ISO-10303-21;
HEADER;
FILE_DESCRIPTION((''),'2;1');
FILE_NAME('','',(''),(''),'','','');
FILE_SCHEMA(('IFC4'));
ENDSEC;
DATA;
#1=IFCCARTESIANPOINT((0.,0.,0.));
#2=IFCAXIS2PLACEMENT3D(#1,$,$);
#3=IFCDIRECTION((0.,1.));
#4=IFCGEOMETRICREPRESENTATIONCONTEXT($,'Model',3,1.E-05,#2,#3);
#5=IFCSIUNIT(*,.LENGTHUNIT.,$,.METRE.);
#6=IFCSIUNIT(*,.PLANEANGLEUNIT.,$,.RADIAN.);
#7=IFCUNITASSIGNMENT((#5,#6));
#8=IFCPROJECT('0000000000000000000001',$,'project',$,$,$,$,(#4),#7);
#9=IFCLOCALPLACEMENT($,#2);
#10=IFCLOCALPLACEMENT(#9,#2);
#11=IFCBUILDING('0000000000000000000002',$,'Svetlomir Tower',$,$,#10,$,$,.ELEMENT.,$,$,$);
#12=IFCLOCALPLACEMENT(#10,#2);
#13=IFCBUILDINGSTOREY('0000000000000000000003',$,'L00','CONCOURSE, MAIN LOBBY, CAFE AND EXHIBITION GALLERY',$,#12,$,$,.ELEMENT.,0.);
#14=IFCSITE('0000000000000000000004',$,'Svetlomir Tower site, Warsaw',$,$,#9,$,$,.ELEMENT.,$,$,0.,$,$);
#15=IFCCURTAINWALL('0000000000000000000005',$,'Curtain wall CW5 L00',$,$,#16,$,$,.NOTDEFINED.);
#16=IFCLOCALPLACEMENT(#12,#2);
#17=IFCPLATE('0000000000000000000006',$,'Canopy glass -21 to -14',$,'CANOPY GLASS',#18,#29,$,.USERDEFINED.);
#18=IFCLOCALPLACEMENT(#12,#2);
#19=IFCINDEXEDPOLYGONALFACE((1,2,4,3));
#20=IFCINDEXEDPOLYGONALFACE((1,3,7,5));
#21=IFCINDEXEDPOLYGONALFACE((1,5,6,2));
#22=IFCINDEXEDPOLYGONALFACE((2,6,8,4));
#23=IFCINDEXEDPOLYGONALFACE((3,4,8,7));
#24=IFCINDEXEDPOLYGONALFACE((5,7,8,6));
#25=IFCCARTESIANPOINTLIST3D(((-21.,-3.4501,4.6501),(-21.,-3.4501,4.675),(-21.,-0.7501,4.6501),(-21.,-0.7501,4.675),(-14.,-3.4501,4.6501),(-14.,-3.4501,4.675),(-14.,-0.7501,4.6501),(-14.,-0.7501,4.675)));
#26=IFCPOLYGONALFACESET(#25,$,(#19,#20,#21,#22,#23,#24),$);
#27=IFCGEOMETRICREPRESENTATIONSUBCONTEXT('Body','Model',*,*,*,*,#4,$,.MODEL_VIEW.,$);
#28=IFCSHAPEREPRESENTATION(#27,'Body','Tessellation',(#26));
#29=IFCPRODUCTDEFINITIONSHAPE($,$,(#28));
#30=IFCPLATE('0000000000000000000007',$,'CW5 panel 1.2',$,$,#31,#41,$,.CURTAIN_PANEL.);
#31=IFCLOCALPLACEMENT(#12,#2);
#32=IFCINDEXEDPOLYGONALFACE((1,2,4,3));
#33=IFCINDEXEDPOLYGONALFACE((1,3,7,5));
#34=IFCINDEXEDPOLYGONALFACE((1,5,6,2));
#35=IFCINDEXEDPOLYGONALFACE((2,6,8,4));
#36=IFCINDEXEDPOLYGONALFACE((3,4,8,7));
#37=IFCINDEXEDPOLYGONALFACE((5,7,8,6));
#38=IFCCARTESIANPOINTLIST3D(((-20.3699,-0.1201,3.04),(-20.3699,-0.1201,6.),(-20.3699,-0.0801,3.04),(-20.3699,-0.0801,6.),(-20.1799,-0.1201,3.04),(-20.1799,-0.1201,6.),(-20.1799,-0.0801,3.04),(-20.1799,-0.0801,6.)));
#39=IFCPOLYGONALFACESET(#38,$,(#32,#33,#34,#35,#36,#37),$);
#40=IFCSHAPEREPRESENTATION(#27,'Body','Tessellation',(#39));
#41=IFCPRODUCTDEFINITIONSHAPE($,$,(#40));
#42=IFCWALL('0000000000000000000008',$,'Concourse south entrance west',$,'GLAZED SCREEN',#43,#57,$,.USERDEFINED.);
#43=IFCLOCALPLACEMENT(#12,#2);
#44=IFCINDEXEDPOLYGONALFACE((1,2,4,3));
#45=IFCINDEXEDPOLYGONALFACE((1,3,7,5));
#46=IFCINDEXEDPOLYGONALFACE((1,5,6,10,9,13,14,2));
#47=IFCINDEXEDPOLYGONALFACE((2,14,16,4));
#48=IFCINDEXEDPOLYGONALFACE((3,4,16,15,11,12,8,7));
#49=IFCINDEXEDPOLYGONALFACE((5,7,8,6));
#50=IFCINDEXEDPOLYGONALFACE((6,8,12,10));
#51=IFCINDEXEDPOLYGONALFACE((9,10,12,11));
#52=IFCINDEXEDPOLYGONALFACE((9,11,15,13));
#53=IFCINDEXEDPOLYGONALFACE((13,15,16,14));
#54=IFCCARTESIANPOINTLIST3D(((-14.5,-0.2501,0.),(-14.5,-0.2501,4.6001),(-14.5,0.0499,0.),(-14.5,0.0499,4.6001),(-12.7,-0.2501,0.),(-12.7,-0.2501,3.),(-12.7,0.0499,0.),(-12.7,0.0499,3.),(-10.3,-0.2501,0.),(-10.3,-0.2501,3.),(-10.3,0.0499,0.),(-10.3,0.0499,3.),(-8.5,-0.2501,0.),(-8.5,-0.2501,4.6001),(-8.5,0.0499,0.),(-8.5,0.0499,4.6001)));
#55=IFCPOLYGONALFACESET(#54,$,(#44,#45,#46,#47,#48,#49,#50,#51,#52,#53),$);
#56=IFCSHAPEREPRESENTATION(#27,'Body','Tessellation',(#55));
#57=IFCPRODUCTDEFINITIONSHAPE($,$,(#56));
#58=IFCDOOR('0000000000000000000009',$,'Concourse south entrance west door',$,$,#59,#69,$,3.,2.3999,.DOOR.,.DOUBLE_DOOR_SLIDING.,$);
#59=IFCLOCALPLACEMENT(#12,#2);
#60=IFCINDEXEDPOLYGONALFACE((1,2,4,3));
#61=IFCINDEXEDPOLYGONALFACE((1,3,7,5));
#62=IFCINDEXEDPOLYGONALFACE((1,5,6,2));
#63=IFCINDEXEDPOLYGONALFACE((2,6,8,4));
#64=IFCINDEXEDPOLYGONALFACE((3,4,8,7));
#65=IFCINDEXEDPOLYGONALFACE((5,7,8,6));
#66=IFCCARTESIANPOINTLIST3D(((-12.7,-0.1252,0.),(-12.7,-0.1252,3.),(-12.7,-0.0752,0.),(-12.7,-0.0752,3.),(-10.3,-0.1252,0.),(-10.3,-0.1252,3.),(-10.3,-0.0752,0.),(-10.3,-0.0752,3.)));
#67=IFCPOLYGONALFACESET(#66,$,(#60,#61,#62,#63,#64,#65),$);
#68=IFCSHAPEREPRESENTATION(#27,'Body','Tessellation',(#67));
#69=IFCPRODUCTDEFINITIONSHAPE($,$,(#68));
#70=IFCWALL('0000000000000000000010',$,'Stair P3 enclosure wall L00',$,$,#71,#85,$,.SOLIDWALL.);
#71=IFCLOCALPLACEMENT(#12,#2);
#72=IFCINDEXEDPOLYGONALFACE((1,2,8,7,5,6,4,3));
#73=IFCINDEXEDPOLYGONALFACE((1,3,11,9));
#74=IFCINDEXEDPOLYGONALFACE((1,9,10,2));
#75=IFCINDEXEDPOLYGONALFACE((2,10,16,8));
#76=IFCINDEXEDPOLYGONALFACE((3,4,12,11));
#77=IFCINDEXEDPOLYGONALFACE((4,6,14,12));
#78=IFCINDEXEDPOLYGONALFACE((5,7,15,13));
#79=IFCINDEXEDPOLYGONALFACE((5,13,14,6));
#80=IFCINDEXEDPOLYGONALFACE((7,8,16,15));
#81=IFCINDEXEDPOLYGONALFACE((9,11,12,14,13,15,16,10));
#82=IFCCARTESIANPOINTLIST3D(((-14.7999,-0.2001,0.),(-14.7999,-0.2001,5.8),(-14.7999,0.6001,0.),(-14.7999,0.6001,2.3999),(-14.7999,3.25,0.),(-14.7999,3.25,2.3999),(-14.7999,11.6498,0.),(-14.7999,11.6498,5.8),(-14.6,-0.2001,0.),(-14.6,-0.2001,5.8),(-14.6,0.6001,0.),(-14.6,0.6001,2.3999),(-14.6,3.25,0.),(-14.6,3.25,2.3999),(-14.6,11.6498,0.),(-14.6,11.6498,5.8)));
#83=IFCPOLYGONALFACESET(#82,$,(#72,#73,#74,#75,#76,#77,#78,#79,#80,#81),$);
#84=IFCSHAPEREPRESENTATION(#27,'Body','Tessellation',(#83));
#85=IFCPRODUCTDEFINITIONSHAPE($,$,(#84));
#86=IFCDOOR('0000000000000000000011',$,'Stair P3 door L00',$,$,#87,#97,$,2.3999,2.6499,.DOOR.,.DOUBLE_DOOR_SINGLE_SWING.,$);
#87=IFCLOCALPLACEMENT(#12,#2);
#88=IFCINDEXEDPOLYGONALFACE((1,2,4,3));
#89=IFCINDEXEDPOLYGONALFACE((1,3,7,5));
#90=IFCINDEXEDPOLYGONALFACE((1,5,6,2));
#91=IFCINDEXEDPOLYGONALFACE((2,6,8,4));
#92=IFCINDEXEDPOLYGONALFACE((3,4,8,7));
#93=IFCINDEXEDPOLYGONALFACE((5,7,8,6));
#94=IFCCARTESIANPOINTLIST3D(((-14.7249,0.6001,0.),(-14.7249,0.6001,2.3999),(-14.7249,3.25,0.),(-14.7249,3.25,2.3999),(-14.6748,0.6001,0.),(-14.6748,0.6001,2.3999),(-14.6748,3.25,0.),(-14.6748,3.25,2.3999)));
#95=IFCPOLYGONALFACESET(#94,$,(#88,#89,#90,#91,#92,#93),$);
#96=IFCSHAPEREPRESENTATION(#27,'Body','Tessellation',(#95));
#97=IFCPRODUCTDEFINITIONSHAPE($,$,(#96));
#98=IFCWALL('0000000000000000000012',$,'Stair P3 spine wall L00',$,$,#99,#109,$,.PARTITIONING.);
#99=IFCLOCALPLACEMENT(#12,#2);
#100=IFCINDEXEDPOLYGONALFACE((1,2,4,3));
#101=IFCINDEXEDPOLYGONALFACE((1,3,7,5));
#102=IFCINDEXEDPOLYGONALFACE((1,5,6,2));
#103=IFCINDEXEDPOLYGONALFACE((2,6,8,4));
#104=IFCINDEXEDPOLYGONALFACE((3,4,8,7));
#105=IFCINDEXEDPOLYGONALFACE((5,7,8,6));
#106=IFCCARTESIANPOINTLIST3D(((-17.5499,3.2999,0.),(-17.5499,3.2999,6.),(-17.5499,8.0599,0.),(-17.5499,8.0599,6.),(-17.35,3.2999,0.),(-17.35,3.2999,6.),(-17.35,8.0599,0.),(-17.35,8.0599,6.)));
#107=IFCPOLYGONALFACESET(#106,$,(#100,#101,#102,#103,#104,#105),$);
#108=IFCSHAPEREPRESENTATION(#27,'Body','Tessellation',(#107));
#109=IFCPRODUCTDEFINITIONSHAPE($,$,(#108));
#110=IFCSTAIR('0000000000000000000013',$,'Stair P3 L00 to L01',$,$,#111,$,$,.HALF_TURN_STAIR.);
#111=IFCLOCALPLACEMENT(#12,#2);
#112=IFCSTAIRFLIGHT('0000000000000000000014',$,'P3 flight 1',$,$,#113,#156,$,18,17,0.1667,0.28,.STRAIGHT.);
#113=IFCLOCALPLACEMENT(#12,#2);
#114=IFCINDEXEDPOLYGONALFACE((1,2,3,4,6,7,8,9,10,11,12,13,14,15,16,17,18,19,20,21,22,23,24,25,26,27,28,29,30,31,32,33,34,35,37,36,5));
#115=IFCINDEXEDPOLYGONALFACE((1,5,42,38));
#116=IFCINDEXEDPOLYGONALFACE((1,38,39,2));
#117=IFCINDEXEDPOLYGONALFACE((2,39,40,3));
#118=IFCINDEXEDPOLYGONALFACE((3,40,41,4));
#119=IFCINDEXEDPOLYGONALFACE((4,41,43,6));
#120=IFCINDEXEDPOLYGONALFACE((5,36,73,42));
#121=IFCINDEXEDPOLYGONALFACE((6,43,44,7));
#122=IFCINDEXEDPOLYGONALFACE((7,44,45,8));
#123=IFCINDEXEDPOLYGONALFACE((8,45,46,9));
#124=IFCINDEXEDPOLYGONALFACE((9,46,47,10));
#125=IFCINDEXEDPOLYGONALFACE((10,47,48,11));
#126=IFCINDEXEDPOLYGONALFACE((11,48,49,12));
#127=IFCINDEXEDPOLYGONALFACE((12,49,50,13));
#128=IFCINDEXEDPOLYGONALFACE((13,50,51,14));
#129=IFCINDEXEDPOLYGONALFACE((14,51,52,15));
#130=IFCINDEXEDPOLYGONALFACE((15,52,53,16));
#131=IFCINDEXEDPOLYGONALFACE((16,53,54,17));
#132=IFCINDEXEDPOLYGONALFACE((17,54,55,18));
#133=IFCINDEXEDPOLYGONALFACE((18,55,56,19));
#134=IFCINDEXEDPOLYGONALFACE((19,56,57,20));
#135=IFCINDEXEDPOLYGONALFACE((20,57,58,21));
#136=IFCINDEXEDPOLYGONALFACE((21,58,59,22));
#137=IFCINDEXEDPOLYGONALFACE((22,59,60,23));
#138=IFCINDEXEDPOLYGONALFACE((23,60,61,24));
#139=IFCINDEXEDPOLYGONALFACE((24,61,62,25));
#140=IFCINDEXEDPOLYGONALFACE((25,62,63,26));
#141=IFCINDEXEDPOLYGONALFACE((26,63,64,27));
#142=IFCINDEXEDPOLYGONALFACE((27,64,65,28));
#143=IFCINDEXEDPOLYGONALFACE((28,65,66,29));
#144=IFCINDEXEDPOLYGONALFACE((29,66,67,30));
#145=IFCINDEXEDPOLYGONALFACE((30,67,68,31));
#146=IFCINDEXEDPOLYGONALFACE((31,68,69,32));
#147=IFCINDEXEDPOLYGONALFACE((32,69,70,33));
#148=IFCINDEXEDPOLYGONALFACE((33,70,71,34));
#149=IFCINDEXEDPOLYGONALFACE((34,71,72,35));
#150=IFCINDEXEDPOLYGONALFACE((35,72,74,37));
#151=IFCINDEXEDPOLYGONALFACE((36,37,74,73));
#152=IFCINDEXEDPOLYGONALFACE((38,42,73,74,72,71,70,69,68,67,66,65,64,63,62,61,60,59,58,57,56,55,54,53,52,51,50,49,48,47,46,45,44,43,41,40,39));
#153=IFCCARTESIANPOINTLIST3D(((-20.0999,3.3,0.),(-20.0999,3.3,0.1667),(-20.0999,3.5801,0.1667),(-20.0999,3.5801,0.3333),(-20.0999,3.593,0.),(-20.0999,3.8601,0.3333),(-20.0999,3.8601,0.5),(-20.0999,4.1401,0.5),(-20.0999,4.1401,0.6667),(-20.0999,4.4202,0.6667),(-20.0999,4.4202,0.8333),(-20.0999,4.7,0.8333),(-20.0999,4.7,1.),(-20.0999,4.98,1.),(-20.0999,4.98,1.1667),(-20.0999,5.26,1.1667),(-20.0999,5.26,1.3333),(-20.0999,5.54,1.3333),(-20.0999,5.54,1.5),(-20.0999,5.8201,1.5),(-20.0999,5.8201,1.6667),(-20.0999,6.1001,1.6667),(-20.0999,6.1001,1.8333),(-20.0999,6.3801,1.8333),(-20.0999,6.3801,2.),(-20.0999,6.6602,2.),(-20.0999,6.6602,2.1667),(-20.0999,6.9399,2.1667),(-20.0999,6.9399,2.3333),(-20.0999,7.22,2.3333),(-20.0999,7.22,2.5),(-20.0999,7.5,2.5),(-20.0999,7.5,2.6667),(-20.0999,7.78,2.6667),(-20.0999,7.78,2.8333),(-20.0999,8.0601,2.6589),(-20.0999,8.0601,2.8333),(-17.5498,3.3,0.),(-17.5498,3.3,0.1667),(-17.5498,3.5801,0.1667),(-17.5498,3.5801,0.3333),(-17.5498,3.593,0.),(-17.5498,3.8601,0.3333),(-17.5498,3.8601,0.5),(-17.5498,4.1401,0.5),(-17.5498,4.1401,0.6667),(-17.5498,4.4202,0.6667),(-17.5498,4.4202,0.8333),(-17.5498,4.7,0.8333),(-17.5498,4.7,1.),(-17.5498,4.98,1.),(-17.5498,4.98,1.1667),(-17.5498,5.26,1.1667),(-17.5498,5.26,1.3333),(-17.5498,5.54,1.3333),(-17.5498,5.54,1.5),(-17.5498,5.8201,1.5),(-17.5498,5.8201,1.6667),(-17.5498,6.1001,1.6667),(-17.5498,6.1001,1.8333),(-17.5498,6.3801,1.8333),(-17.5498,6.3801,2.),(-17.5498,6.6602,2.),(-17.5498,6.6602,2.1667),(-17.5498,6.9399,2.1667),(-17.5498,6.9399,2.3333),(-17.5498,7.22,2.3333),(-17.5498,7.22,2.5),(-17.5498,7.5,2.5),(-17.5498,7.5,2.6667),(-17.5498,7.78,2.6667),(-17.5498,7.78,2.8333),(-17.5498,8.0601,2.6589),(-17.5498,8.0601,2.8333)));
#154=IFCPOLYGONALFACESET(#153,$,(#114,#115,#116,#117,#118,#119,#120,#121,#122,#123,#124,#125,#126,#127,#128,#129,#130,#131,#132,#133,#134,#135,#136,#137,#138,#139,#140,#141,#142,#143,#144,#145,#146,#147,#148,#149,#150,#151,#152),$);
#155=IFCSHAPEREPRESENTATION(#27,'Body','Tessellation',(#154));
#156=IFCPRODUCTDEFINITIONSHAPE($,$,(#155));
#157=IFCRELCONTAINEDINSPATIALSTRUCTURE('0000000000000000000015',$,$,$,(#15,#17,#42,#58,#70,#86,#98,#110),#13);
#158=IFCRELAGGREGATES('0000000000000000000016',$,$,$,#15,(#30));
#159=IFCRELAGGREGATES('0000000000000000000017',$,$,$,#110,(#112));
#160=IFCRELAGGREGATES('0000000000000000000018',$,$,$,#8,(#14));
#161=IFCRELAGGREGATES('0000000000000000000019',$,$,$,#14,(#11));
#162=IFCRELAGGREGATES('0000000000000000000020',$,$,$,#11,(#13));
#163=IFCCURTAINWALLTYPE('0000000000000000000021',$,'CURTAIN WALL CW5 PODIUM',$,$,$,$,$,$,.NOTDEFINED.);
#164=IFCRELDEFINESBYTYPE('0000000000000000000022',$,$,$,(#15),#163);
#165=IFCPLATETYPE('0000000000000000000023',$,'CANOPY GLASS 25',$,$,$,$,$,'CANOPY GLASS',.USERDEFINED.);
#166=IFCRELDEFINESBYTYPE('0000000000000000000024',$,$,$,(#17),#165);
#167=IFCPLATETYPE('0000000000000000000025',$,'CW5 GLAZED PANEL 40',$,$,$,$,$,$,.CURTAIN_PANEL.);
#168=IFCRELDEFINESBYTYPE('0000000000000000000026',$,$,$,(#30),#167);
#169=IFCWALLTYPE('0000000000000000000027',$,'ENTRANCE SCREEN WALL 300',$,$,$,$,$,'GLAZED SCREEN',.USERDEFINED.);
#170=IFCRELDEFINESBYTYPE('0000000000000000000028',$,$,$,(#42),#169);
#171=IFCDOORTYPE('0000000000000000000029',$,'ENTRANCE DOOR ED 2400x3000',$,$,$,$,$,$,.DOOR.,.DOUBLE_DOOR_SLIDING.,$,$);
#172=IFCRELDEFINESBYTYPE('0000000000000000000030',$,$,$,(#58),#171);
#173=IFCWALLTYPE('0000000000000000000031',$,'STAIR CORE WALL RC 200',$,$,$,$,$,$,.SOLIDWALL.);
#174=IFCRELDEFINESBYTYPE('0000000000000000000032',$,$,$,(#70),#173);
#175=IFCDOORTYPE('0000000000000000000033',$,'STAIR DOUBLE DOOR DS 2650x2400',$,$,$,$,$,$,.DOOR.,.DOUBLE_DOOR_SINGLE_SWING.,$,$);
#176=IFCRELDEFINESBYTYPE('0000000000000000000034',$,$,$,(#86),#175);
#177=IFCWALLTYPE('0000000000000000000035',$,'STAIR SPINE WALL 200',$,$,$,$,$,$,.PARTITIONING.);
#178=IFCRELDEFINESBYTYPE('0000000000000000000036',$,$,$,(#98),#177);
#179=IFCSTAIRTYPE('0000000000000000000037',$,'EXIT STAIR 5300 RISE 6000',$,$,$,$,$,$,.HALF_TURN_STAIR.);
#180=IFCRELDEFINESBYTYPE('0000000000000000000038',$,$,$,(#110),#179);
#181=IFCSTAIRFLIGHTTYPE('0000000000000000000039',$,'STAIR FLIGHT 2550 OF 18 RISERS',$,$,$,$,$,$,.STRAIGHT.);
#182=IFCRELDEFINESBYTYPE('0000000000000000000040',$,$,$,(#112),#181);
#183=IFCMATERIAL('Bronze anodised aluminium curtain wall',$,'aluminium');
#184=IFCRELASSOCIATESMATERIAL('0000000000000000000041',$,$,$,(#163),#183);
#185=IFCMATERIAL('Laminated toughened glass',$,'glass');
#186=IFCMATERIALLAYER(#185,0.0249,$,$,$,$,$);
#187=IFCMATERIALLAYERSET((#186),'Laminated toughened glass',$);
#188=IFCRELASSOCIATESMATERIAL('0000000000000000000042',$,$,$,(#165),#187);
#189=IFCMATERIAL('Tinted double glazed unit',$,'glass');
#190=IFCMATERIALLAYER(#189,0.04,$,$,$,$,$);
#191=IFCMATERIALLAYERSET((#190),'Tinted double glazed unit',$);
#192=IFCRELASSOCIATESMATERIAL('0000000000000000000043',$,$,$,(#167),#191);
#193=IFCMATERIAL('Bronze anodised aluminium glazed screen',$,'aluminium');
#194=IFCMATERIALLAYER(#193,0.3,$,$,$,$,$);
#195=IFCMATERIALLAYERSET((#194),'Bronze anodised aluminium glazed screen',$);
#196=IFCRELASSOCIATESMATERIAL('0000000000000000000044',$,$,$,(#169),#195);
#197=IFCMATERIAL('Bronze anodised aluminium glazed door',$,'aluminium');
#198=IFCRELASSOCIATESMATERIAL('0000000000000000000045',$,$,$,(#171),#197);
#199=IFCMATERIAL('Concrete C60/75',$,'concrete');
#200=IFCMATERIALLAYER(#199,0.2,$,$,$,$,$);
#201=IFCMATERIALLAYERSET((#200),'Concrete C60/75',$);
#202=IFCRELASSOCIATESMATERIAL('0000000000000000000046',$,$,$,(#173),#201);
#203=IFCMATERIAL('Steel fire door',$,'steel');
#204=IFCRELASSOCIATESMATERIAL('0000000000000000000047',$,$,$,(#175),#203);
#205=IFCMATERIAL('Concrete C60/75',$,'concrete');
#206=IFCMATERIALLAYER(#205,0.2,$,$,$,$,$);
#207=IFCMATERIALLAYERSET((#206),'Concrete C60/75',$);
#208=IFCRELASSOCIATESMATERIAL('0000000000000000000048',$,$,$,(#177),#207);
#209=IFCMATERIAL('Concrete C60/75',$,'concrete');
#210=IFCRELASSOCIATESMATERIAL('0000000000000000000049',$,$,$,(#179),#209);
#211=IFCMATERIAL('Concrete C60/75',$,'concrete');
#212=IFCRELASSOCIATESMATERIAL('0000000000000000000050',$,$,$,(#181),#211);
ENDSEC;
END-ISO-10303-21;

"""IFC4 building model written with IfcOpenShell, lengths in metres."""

from ifc_helpers import new_model, si_unit, direction, frame, frame_2d, origin, origin_2d, place, context, subcontext, project, spatial, polyline, rectangle, outline, extrude, material, layer, layer_set, type_object, element, fill, aggregate, save


model = new_model("IFC4")

# Units and contexts
model_context = context("Model", 3, precision=1e-05, world=origin(), true_north=direction((0.0, 1.0)))
body_context = subcontext(model_context, "Body", "Model", "MODEL_VIEW")
ifc_project = project(units=[si_unit("LENGTHUNIT", "METRE"), si_unit("PLANEANGLEUNIT", "RADIAN")], contexts=[model_context])

# Site, building, storey
site_placement = place(None, origin())
site = spatial("IfcSite", under=ifc_project, at=site_placement, Name="Svetlomir Tower site, Warsaw", CompositionType="ELEMENT", RefElevation=0.0)
building_placement = place(site_placement, origin())
building = spatial("IfcBuilding", under=site, at=building_placement, Name="Svetlomir Tower", CompositionType="ELEMENT")
storey_placement = place(building_placement, origin())
storey = spatial("IfcBuildingStorey", under=building, at=storey_placement, Name="L00", Description="CONCOURSE, MAIN LOBBY, CAFE AND EXHIBITION GALLERY", CompositionType="ELEMENT", Elevation=0.0)

# Curtain wall
ifc_material_1 = material(Name="Bronze anodised aluminium curtain wall", Category="aluminium")
curtain_wall_type = type_object("IfcCurtainWallType", Name="CURTAIN WALL CW5 PODIUM", PredefinedType="NOTDEFINED", material=ifc_material_1)
curtain_wall_placement = place(storey_placement, origin())
curtain_wall = element("IfcCurtainWall", 1, at=curtain_wall_placement, inside=storey, type_object=curtain_wall_type, Name="Curtain wall CW5 L00", PredefinedType="NOTDEFINED")

# Plates
ifc_material_2 = material(Name="Laminated toughened glass", Category="glass")
ifc_layer_1 = layer(ifc_material_2, 0.0249)
ifc_layer_set_1 = layer_set([ifc_layer_1], Name="Laminated toughened glass")
plate_type_1 = type_object("IfcPlateType", Name="CANOPY GLASS 25", ElementType="CANOPY GLASS", PredefinedType="USERDEFINED", material=ifc_layer_set_1)
plate_1_placement = place(storey_placement, frame((-17.5, -2.1001, 4.6501), z_axis=(0.0, 0.0, 1.0), x_axis=(1.0, 0.0, 0.0)))
element("IfcPlate", 2, at=plate_1_placement, inside=storey, type_object=plate_type_1, Name="Canopy glass -21 to -14", ObjectType="CANOPY GLASS", PredefinedType="USERDEFINED", context=body_context, shape_type="SweptSolid", body=[
    extrude(rectangle(XDim=7.0, YDim=2.7, at=origin_2d()), origin(), (0.0, 0.0, 1.0), 0.0249),
])
ifc_material_3 = material(Name="Tinted double glazed unit", Category="glass")
ifc_layer_2 = layer(ifc_material_3, 0.04)
ifc_layer_set_2 = layer_set([ifc_layer_2], Name="Tinted double glazed unit")
plate_type_2 = type_object("IfcPlateType", Name="CW5 GLAZED PANEL 40", PredefinedType="CURTAIN_PANEL", material=ifc_layer_set_2)
plate_2_placement = place(storey_placement, frame((-20.2749, -0.1001, 3.04), z_axis=(0.0, 0.0, 1.0), x_axis=(1.0, 0.0, 0.0)))
plate_2 = element("IfcPlate", 3, at=plate_2_placement, type_object=plate_type_2, Name="CW5 panel 1.2", PredefinedType="CURTAIN_PANEL", context=body_context, shape_type="SweptSolid", body=[
    extrude(rectangle(XDim=0.1899, YDim=0.04, at=origin_2d()), origin(), (0.0, 0.0, 1.0), 2.96),
])
aggregate(curtain_wall, [plate_2])

# Walls, openings, doors
ifc_material_4 = material(Name="Bronze anodised aluminium glazed screen", Category="aluminium")
ifc_layer_3 = layer(ifc_material_4, 0.3)
ifc_layer_set_3 = layer_set([ifc_layer_3], Name="Bronze anodised aluminium glazed screen")
wall_type_1 = type_object("IfcWallType", Name="ENTRANCE SCREEN WALL 300", ElementType="GLAZED SCREEN", PredefinedType="USERDEFINED", material=ifc_layer_set_3)
wall_1_placement = place(storey_placement, frame((-14.5, -0.1001, 0.0), z_axis=(0.0, 0.0, 1.0), x_axis=(1.0, 0.0, 0.0)))
wall_1 = element("IfcWall", 4, at=wall_1_placement, inside=storey, type_object=wall_type_1, Name="Concourse south entrance west", ObjectType="GLAZED SCREEN", PredefinedType="USERDEFINED", context=body_context, shape_type="SweptSolid", body=[
    extrude(rectangle(XDim=6.0, YDim=0.3, at=frame_2d((3.0, 0.0))), origin(), (0.0, 0.0, 1.0), 4.6001),
])
opening_1_placement = place(wall_1_placement, frame((1.8, 0.0, 0.0)))
opening_1 = element("IfcOpeningElement", 5, at=opening_1_placement, cuts=wall_1, PredefinedType="OPENING", context=body_context, shape_type="SweptSolid", body=[
    extrude(rectangle(XDim=2.3999, YDim=3.0, at=frame_2d((1.2, 1.5))), frame((0.0, 0.1602, 0.0), z_axis=(0.0, -1.0, 0.0), x_axis=(1.0, 0.0, 0.0)), (0.0, 0.0, 1.0), 0.3201),
])
ifc_material_5 = material(Name="Bronze anodised aluminium glazed door", Category="aluminium")
door_type_1 = type_object("IfcDoorType", Name="ENTRANCE DOOR ED 2400x3000", OperationType="DOUBLE_DOOR_SLIDING", PredefinedType="DOOR", material=ifc_material_5)
door_1_placement = place(opening_1_placement, origin())
door_1 = element("IfcDoor", 6, at=door_1_placement, inside=storey, type_object=door_type_1, Name="Concourse south entrance west door", OperationType="DOUBLE_DOOR_SLIDING", OverallHeight=3.0, OverallWidth=2.3999, PredefinedType="DOOR", context=body_context, shape_type="SweptSolid", body=[
    extrude(rectangle(XDim=2.3999, YDim=3.0, at=frame_2d((1.2, 1.5))), frame((0.0, 0.0249, 0.0), z_axis=(0.0, -1.0, 0.0), x_axis=(1.0, 0.0, 0.0)), (0.0, 0.0, 1.0), 0.05),
])
fill(opening_1, door_1)
ifc_material_6 = material(Name="Concrete C60/75", Category="concrete")
ifc_layer_4 = layer(ifc_material_6, 0.2)
ifc_layer_set_4 = layer_set([ifc_layer_4], Name="Concrete C60/75")
wall_type_2 = type_object("IfcWallType", Name="STAIR CORE WALL RC 200", PredefinedType="SOLIDWALL", material=ifc_layer_set_4)
wall_2_placement = place(storey_placement, frame((-14.7, -0.2, 0.0), z_axis=(0.0, 0.0, 1.0), x_axis=(0.0, 1.0, 0.0)))
wall_2 = element("IfcWall", 7, at=wall_2_placement, inside=storey, type_object=wall_type_2, Name="Stair P3 enclosure wall L00", PredefinedType="SOLIDWALL", context=body_context, shape_type="SweptSolid", body=[
    extrude(rectangle(XDim=11.8499, YDim=0.2, at=frame_2d((5.9248, 0.0))), origin(), (0.0, 0.0, 1.0), 5.8),
])
opening_2_placement = place(wall_2_placement, frame((0.8, 0.0, 0.0)))
opening_2 = element("IfcOpeningElement", 8, at=opening_2_placement, cuts=wall_2, PredefinedType="OPENING", context=body_context, shape_type="SweptSolid", body=[
    extrude(rectangle(XDim=2.6499, YDim=2.3999, at=frame_2d((1.325, 1.2))), frame((0.0, 0.1099, 0.0), z_axis=(0.0, -1.0, 0.0), x_axis=(1.0, 0.0, 0.0)), (0.0, 0.0, 1.0), 0.22),
])
ifc_material_7 = material(Name="Steel fire door", Category="steel")
door_type_2 = type_object("IfcDoorType", Name="STAIR DOUBLE DOOR DS 2650x2400", OperationType="DOUBLE_DOOR_SINGLE_SWING", PredefinedType="DOOR", material=ifc_material_7)
door_2_placement = place(opening_2_placement, origin())
door_2 = element("IfcDoor", 9, at=door_2_placement, inside=storey, type_object=door_type_2, Name="Stair P3 door L00", OperationType="DOUBLE_DOOR_SINGLE_SWING", OverallHeight=2.3999, OverallWidth=2.6499, PredefinedType="DOOR", context=body_context, shape_type="SweptSolid", body=[
    extrude(rectangle(XDim=2.6499, YDim=2.3999, at=frame_2d((1.325, 1.2))), frame((0.0, 0.0249, 0.0), z_axis=(0.0, -1.0, 0.0), x_axis=(1.0, 0.0, 0.0)), (0.0, 0.0, 1.0), 0.05),
])
fill(opening_2, door_2)

# Wall
ifc_material_8 = material(Name="Concrete C60/75", Category="concrete")
ifc_layer_5 = layer(ifc_material_8, 0.2)
ifc_layer_set_5 = layer_set([ifc_layer_5], Name="Concrete C60/75")
wall_type_3 = type_object("IfcWallType", Name="STAIR SPINE WALL 200", PredefinedType="PARTITIONING", material=ifc_layer_set_5)
wall_3_placement = place(storey_placement, frame((-17.45, 3.3, 0.0), z_axis=(0.0, 0.0, 1.0), x_axis=(0.0, 1.0, 0.0)))
element("IfcWall", 10, at=wall_3_placement, inside=storey, type_object=wall_type_3, Name="Stair P3 spine wall L00", PredefinedType="PARTITIONING", context=body_context, shape_type="SweptSolid", body=[
    extrude(rectangle(XDim=4.76, YDim=0.2, at=frame_2d((2.3799, 0.0))), origin(), (0.0, 0.0, 1.0), 6.0),
])

# Stair, stair flight
ifc_material_9 = material(Name="Concrete C60/75", Category="concrete")
stair_type = type_object("IfcStairType", Name="EXIT STAIR 5300 RISE 6000", PredefinedType="HALF_TURN_STAIR", material=ifc_material_9)
stair_placement = place(storey_placement, origin())
stair = element("IfcStair", 11, at=stair_placement, inside=storey, type_object=stair_type, Name="Stair P3 L00 to L01", PredefinedType="HALF_TURN_STAIR")
ifc_material_10 = material(Name="Concrete C60/75", Category="concrete")
stair_flight_type = type_object("IfcStairFlightType", Name="STAIR FLIGHT 2550 OF 18 RISERS", PredefinedType="STRAIGHT", material=ifc_material_10)
stair_flight_placement = place(storey_placement, frame((-18.825, 3.3, 0.0), z_axis=(0.0, 0.0, 1.0), x_axis=(0.0, 1.0, 0.0)))
stair_flight = element("IfcStairFlight", 12, at=stair_flight_placement, type_object=stair_flight_type, Name="P3 flight 1", NumberOfRisers=18, NumberOfTreads=17, PredefinedType="STRAIGHT", RiserHeight=0.1667, TreadLength=0.28, context=body_context, shape_type="SweptSolid", body=[
    extrude(outline(polyline([(0.0, 0.0), (0.0, 0.1667), (0.28, 0.1667), (0.28, 0.3333), (0.5601, 0.3333), (0.5601, 0.5), (0.8401, 0.5), (0.8401, 0.6667), (1.1201, 0.6667), (1.1201, 0.8333), (1.3999, 0.8333), (1.3999, 1.0), (1.6799, 1.0), (1.6799, 1.1667), (1.96, 1.1667), (1.96, 1.3333), (2.24, 1.3333), (2.24, 1.5), (2.52, 1.5), (2.52, 1.6667), (2.8, 1.6667), (2.8, 1.8333), (3.0801, 1.8333), (3.0801, 2.0), (3.3601, 2.0), (3.3601, 2.1667), (3.6399, 2.1667), (3.6399, 2.3333), (3.9199, 2.3333), (3.9199, 2.5), (4.2, 2.5), (4.2, 2.6667), (4.48, 2.6667), (4.48, 2.8333), (4.76, 2.8333), (4.76, 3.0), (4.76, 2.6589), (0.293, 0.0), (0.0, 0.0)])), frame((0.0, 1.2749, 0.0), z_axis=(0.0, -1.0, 0.0), x_axis=(1.0, 0.0, 0.0)), (0.0, 0.0, 1.0), 2.55),
])
aggregate(stair, [stair_flight])

save(model, "model.ifc")
